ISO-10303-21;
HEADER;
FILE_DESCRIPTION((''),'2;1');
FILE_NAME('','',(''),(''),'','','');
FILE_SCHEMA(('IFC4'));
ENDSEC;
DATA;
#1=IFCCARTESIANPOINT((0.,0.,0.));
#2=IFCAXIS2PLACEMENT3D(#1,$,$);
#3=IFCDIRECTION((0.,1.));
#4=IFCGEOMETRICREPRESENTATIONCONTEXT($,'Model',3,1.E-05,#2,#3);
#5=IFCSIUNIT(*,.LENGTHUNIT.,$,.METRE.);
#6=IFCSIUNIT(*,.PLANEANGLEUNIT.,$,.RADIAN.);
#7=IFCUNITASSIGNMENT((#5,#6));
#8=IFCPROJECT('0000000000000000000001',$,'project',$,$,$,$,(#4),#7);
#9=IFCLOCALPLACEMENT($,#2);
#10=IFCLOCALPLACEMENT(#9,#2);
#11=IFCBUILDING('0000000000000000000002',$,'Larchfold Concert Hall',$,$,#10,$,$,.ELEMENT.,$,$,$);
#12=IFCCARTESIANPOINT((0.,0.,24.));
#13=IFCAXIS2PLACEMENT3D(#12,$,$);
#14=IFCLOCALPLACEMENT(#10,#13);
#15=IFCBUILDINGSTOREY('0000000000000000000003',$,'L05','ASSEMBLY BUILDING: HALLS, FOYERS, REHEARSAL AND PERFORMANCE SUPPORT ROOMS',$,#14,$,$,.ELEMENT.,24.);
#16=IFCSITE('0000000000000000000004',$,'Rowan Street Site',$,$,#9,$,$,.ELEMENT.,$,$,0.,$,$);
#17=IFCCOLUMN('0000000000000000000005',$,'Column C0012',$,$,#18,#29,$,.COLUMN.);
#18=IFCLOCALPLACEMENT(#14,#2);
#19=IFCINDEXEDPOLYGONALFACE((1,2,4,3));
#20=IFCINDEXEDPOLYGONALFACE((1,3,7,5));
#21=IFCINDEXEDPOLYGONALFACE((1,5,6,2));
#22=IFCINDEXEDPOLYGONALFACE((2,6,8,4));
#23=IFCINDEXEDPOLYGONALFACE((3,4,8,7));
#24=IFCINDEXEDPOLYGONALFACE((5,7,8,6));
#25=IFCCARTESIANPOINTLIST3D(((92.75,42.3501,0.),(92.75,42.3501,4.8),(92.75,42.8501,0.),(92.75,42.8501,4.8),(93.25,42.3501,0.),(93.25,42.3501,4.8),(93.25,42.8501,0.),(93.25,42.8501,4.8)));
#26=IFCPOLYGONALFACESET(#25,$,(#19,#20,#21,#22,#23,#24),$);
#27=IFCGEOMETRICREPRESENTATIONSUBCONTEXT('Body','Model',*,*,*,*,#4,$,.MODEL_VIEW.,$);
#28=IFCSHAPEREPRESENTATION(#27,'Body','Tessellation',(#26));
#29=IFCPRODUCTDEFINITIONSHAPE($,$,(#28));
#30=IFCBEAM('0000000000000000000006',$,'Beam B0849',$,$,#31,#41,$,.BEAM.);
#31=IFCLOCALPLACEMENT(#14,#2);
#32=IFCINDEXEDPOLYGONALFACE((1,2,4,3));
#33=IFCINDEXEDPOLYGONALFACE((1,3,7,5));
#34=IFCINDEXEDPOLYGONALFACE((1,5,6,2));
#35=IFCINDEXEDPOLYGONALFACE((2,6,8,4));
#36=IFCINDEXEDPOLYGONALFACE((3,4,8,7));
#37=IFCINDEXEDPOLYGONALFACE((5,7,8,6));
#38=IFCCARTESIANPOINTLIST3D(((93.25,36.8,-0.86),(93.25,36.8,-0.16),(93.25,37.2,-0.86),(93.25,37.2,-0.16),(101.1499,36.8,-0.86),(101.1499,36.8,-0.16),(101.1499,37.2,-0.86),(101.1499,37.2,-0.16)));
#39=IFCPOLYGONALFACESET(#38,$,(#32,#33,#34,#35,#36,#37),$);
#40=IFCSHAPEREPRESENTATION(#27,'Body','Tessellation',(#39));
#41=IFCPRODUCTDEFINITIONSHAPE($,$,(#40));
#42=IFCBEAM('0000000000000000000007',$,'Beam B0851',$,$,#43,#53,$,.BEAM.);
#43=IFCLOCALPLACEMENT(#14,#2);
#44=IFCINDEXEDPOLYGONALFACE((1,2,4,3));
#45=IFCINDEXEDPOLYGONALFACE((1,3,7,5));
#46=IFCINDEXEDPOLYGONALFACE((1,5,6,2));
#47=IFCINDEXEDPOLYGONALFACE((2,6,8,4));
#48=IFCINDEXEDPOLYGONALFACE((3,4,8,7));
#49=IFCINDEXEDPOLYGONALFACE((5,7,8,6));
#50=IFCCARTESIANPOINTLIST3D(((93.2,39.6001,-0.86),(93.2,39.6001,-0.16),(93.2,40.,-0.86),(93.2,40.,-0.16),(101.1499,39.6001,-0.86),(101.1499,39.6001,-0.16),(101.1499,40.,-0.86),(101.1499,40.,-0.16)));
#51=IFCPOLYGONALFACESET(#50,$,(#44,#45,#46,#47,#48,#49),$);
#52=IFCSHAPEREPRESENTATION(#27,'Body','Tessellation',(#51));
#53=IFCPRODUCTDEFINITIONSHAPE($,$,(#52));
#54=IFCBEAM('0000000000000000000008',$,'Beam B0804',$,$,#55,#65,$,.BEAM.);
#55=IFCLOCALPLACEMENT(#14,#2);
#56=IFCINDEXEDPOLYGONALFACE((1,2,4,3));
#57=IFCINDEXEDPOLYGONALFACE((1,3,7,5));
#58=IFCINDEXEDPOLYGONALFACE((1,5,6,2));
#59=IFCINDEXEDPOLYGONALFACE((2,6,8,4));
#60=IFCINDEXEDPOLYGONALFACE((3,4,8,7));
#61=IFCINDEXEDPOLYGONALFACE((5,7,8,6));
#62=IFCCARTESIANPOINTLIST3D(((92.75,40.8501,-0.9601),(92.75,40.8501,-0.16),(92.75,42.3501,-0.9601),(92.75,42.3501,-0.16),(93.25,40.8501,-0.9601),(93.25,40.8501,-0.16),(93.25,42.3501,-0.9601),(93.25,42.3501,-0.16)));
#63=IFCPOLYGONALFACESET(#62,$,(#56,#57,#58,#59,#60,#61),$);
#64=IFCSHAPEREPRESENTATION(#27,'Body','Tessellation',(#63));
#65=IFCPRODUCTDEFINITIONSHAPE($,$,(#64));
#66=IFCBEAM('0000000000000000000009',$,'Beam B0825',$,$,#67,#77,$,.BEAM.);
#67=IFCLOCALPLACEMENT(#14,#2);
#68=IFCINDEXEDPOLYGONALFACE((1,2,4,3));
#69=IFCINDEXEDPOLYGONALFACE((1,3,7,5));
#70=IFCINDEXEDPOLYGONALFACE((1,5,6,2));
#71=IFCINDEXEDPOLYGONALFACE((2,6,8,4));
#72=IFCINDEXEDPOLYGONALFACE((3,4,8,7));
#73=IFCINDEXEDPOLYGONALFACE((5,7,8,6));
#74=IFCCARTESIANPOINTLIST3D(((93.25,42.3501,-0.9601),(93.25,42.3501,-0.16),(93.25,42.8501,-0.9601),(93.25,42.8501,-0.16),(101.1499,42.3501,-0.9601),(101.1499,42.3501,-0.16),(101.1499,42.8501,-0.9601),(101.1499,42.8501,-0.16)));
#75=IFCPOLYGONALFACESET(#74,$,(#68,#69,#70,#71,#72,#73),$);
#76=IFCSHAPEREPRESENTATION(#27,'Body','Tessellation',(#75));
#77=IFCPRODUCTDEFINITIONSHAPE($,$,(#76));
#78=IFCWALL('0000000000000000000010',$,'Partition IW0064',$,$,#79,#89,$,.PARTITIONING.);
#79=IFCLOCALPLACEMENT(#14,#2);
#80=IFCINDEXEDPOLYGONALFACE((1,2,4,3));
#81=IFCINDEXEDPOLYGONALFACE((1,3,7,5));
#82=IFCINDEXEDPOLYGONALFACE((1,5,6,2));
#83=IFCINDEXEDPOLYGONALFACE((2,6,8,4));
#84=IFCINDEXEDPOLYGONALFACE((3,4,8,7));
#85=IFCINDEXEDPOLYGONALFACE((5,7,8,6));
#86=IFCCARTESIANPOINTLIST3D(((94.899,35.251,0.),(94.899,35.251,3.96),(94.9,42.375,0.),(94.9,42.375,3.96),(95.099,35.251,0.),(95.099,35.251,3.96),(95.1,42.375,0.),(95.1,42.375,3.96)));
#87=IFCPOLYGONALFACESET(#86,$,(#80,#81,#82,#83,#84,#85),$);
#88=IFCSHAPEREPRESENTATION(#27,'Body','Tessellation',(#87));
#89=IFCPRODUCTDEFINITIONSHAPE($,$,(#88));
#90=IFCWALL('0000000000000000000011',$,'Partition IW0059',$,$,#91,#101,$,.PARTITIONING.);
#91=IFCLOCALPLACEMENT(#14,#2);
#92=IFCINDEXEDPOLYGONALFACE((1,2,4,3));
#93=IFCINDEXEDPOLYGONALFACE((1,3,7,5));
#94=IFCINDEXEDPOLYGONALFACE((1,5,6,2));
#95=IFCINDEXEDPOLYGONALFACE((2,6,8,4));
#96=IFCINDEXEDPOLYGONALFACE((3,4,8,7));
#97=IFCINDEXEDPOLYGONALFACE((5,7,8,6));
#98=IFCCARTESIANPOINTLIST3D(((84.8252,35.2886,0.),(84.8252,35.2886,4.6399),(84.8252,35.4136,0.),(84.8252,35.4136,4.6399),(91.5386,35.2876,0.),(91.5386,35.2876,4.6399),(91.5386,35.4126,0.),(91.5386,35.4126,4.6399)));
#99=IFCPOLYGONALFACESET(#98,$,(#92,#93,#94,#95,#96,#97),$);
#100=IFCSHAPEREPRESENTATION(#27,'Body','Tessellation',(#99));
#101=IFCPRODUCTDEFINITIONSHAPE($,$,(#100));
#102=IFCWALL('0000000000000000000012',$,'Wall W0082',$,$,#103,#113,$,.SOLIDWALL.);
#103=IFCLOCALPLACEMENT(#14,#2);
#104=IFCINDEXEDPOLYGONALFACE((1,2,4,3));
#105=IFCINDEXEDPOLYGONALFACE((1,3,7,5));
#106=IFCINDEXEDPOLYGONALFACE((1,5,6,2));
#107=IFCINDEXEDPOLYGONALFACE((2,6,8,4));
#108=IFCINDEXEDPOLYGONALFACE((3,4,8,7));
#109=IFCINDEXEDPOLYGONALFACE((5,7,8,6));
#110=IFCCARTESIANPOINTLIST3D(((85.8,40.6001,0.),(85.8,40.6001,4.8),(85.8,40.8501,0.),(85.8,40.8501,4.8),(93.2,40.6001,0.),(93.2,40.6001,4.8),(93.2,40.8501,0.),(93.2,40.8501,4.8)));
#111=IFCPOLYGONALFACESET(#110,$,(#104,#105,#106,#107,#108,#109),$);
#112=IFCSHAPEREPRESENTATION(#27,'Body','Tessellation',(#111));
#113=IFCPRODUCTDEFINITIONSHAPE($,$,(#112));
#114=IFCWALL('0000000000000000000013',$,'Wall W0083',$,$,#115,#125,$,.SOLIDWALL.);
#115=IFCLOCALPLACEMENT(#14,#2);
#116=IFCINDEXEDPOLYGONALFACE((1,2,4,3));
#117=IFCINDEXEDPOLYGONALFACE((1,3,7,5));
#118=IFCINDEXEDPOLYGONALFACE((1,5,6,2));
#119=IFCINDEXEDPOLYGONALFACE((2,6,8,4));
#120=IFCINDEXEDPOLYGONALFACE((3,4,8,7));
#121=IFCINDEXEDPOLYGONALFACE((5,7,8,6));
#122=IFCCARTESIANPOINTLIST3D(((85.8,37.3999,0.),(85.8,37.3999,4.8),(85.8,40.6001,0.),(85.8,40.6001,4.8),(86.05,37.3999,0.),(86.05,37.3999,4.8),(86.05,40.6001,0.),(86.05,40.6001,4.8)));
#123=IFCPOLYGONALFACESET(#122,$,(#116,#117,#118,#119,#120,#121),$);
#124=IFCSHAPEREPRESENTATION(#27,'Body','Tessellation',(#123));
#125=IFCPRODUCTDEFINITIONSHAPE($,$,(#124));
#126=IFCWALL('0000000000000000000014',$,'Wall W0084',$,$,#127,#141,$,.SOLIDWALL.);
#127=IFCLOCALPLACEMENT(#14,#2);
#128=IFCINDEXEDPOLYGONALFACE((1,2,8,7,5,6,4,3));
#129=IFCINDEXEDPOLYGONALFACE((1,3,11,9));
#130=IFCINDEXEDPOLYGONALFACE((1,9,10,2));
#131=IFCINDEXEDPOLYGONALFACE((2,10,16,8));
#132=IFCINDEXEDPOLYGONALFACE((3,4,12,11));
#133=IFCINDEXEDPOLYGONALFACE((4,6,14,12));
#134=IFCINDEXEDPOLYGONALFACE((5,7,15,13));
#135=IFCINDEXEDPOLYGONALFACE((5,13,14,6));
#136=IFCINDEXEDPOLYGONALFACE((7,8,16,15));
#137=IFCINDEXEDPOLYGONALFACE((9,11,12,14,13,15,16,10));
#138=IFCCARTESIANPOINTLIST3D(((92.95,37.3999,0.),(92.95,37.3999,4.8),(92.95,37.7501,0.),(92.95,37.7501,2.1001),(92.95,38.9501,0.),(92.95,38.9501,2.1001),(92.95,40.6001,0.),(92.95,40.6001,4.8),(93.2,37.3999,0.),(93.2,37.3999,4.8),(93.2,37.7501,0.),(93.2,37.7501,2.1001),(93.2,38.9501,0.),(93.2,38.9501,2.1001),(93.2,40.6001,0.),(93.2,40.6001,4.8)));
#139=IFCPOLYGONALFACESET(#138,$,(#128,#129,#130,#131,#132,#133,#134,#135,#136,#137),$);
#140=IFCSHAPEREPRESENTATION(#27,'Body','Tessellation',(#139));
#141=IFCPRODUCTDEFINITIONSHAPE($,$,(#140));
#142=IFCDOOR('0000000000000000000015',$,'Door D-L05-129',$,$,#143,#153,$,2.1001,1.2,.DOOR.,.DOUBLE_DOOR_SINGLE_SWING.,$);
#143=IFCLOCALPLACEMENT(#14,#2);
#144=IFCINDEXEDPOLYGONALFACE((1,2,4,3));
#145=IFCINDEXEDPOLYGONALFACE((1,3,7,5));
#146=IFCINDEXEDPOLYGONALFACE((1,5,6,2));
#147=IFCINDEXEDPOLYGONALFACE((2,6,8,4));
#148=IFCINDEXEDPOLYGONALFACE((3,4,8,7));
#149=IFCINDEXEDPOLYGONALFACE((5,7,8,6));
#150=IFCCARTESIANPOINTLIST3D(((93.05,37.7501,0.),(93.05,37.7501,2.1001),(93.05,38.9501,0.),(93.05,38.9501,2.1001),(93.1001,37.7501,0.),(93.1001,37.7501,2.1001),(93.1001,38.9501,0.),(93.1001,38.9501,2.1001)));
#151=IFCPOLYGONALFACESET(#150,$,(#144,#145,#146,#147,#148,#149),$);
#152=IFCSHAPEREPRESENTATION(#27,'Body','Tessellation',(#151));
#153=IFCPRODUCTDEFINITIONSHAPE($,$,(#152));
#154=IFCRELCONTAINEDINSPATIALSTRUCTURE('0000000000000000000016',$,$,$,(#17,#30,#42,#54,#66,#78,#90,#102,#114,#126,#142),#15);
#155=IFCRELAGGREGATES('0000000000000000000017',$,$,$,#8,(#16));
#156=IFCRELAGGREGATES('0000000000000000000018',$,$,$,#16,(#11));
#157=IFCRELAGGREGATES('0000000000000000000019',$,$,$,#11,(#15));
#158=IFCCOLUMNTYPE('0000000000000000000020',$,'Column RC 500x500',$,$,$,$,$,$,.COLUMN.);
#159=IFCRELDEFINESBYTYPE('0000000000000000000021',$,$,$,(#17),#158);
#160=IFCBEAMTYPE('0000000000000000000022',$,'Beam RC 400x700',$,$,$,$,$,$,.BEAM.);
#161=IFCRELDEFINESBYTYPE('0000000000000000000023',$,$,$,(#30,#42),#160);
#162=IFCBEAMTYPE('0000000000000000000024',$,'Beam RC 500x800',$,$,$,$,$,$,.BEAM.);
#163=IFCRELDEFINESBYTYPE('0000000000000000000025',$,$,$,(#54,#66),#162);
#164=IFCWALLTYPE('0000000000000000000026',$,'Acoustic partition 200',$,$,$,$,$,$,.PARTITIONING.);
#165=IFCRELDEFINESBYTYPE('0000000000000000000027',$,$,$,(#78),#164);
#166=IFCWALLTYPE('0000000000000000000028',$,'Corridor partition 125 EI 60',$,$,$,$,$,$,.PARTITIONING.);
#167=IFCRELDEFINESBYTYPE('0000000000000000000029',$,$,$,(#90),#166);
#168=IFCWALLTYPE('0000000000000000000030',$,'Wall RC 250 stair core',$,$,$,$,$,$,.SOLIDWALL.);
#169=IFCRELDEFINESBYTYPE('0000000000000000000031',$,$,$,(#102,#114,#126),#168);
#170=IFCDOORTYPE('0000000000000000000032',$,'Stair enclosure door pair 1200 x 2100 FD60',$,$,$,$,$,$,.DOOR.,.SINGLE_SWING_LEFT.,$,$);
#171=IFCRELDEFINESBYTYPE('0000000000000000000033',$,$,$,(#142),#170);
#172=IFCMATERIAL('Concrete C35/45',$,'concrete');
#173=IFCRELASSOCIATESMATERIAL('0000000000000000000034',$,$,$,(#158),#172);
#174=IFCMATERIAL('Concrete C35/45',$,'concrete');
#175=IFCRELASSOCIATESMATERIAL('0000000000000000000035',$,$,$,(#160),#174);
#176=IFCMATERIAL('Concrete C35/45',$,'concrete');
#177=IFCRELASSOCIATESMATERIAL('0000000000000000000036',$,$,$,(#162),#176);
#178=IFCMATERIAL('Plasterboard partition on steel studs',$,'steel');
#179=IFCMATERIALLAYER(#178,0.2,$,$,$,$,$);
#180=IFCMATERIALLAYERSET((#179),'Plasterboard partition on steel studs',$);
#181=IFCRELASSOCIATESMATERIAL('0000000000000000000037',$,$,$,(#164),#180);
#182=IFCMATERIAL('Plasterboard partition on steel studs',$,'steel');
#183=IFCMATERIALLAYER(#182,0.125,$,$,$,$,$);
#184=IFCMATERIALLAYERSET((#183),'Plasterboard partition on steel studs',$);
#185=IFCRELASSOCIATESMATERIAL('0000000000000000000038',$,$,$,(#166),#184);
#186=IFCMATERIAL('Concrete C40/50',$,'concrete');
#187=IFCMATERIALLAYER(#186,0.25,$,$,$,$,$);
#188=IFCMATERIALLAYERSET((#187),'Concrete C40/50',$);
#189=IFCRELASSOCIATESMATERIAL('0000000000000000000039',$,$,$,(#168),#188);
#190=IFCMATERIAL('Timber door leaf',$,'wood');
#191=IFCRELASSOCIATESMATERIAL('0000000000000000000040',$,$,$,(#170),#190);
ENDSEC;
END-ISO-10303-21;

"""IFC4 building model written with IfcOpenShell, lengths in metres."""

from ifc_helpers import new_model, si_unit, direction, frame, frame_2d, origin, origin_2d, place, context, subcontext, project, spatial, rectangle, extrude, material, layer, layer_set, material_profile, profile_set, type_object, element, fill, save


model = new_model("IFC4")

# Units and contexts
model_context = context("Model", 3, precision=1e-05, world=origin(), true_north=direction((0.0, 1.0)))
body_context = subcontext(model_context, "Body", "Model", "MODEL_VIEW")
ifc_project = project(units=[si_unit("LENGTHUNIT", "METRE"), si_unit("PLANEANGLEUNIT", "RADIAN")], contexts=[model_context])

# Site, building, storey
site_placement = place(None, origin())
site = spatial("IfcSite", under=ifc_project, at=site_placement, Name="Rowan Street Site", CompositionType="ELEMENT", RefElevation=0.0)
building_placement = place(site_placement, origin())
building = spatial("IfcBuilding", under=site, at=building_placement, Name="Larchfold Concert Hall", CompositionType="ELEMENT")
storey_placement = place(building_placement, frame((0.0, 0.0, 24.0)))
storey = spatial("IfcBuildingStorey", under=building, at=storey_placement, Name="L05", Description="ASSEMBLY BUILDING: HALLS, FOYERS, REHEARSAL AND PERFORMANCE SUPPORT ROOMS", CompositionType="ELEMENT", Elevation=24.0)

# Column
ifc_material_1 = material(Name="Concrete C35/45", Category="concrete")
ifc_material_profile_1 = material_profile(ifc_material_1, rectangle(XDim=0.5, YDim=0.5, at=origin_2d()))
ifc_profile_set_1 = profile_set([ifc_material_profile_1], Name="Concrete C35/45")
column_type = type_object("IfcColumnType", Name="Column RC 500x500", PredefinedType="COLUMN", material=ifc_profile_set_1)
column_placement = place(storey_placement, frame((93.0, 42.6001, 0.0), z_axis=(0.0, 0.0, 1.0), x_axis=(1.0, 0.0, 0.0)))
element("IfcColumn", 1, at=column_placement, inside=storey, type_object=column_type, Name="Column C0012", PredefinedType="COLUMN", context=body_context, shape_type="SweptSolid", body=[
    extrude(rectangle(XDim=0.5, YDim=0.5, at=origin_2d()), origin(), (0.0, 0.0, 1.0), 4.8),
])

# Beams
ifc_material_2 = material(Name="Concrete C35/45", Category="concrete")
ifc_material_profile_2 = material_profile(ifc_material_2, rectangle(XDim=0.3999, YDim=0.7, at=origin_2d()))
ifc_profile_set_2 = profile_set([ifc_material_profile_2], Name="Concrete C35/45")
beam_type_1 = type_object("IfcBeamType", Name="Beam RC 400x700", PredefinedType="BEAM", material=ifc_profile_set_2)
beam_1_placement = place(storey_placement, frame((93.25, 37.0, -0.51), z_axis=(1.0, 0.0, 0.0), x_axis=(0.0, 1.0, 0.0)))
element("IfcBeam", 2, at=beam_1_placement, inside=storey, type_object=beam_type_1, Name="Beam B0849", PredefinedType="BEAM", context=body_context, shape_type="SweptSolid", body=[
    extrude(rectangle(XDim=0.3999, YDim=0.7, at=origin_2d()), origin(), (0.0, 0.0, 1.0), 7.8999),
])
beam_2_placement = place(storey_placement, frame((93.2, 39.8, -0.51), z_axis=(1.0, 0.0, 0.0), x_axis=(0.0, 1.0, 0.0)))
element("IfcBeam", 3, at=beam_2_placement, inside=storey, type_object=beam_type_1, Name="Beam B0851", PredefinedType="BEAM", context=body_context, shape_type="SweptSolid", body=[
    extrude(rectangle(XDim=0.3999, YDim=0.7, at=origin_2d()), origin(), (0.0, 0.0, 1.0), 7.95),
])
ifc_material_3 = material(Name="Concrete C35/45", Category="concrete")
ifc_material_profile_3 = material_profile(ifc_material_3, rectangle(XDim=0.5, YDim=0.8, at=origin_2d()))
ifc_profile_set_3 = profile_set([ifc_material_profile_3], Name="Concrete C35/45")
beam_type_2 = type_object("IfcBeamType", Name="Beam RC 500x800", PredefinedType="BEAM", material=ifc_profile_set_3)
beam_3_placement = place(storey_placement, frame((93.0, 40.8501, -0.5601), z_axis=(0.0, 1.0, 0.0), x_axis=(-1.0, 0.0, 0.0)))
element("IfcBeam", 4, at=beam_3_placement, inside=storey, type_object=beam_type_2, Name="Beam B0804", PredefinedType="BEAM", context=body_context, shape_type="SweptSolid", body=[
    extrude(rectangle(XDim=0.5, YDim=0.8, at=origin_2d()), origin(), (0.0, 0.0, 1.0), 1.5),
])
beam_4_placement = place(storey_placement, frame((93.25, 42.6001, -0.5601), z_axis=(1.0, 0.0, 0.0), x_axis=(0.0, 1.0, 0.0)))
element("IfcBeam", 5, at=beam_4_placement, inside=storey, type_object=beam_type_2, Name="Beam B0825", PredefinedType="BEAM", context=body_context, shape_type="SweptSolid", body=[
    extrude(rectangle(XDim=0.5, YDim=0.8, at=origin_2d()), origin(), (0.0, 0.0, 1.0), 7.8999),
])

# Walls
ifc_material_4 = material(Name="Plasterboard partition on steel studs", Category="steel")
ifc_layer_1 = layer(ifc_material_4, 0.2)
ifc_layer_set_1 = layer_set([ifc_layer_1], Name="Plasterboard partition on steel studs")
wall_type_1 = type_object("IfcWallType", Name="Acoustic partition 200", PredefinedType="PARTITIONING", material=ifc_layer_set_1)
wall_1_placement = place(storey_placement, frame((95.0, 42.375, 0.0), z_axis=(0.0, 0.0, 1.0), x_axis=(-0.000137, -1.0, 0.0)))
element("IfcWall", 6, at=wall_1_placement, inside=storey, type_object=wall_type_1, Name="Partition IW0064", PredefinedType="PARTITIONING", context=body_context, shape_type="SweptSolid", body=[
    extrude(rectangle(XDim=7.124, YDim=0.2, at=frame_2d((3.562, 0.0))), origin(), (0.0, 0.0, 1.0), 3.96),
])
ifc_material_5 = material(Name="Plasterboard partition on steel studs", Category="steel")
ifc_layer_2 = layer(ifc_material_5, 0.125)
ifc_layer_set_2 = layer_set([ifc_layer_2], Name="Plasterboard partition on steel studs")
wall_type_2 = type_object("IfcWallType", Name="Corridor partition 125 EI 60", PredefinedType="PARTITIONING", material=ifc_layer_set_2)
wall_2_placement = place(storey_placement, frame((91.5386, 35.3501, 0.0), z_axis=(0.0, 0.0, 1.0), x_axis=(-1.0, 0.000145, 0.0)))
element("IfcWall", 7, at=wall_2_placement, inside=storey, type_object=wall_type_2, Name="Partition IW0059", PredefinedType="PARTITIONING", context=body_context, shape_type="SweptSolid", body=[
    extrude(rectangle(XDim=6.7134, YDim=0.125, at=frame_2d((3.3567, 0.0))), origin(), (0.0, 0.0, 1.0), 4.6399),
])
ifc_material_6 = material(Name="Concrete C40/50", Category="concrete")
ifc_layer_3 = layer(ifc_material_6, 0.25)
ifc_layer_set_3 = layer_set([ifc_layer_3], Name="Concrete C40/50")
wall_type_3 = type_object("IfcWallType", Name="Wall RC 250 stair core", PredefinedType="SOLIDWALL", material=ifc_layer_set_3)
wall_3_placement = place(storey_placement, frame((85.8, 40.7251, 0.0), z_axis=(0.0, 0.0, 1.0), x_axis=(1.0, 0.0, 0.0)))
element("IfcWall", 8, at=wall_3_placement, inside=storey, type_object=wall_type_3, Name="Wall W0082", PredefinedType="SOLIDWALL", context=body_context, shape_type="SweptSolid", body=[
    extrude(rectangle(XDim=7.3999, YDim=0.25, at=frame_2d((3.7, 0.0))), origin(), (0.0, 0.0, 1.0), 4.8),
])
wall_4_placement = place(storey_placement, frame((85.925, 37.3999, 0.0), z_axis=(0.0, 0.0, 1.0), x_axis=(0.0, 1.0, 0.0)))
element("IfcWall", 9, at=wall_4_placement, inside=storey, type_object=wall_type_3, Name="Wall W0083", PredefinedType="SOLIDWALL", context=body_context, shape_type="SweptSolid", body=[
    extrude(rectangle(XDim=3.2002, YDim=0.25, at=frame_2d((1.6001, 0.0))), origin(), (0.0, 0.0, 1.0), 4.8),
])

# Wall, opening, door
wall_5_placement = place(storey_placement, frame((93.075, 37.3999, 0.0), z_axis=(0.0, 0.0, 1.0), x_axis=(0.0, 1.0, 0.0)))
wall_5 = element("IfcWall", 10, at=wall_5_placement, inside=storey, type_object=wall_type_3, Name="Wall W0084", PredefinedType="SOLIDWALL", context=body_context, shape_type="SweptSolid", body=[
    extrude(rectangle(XDim=3.2002, YDim=0.25, at=frame_2d((1.6001, 0.0))), origin(), (0.0, 0.0, 1.0), 4.8),
])
opening_1_placement = place(wall_5_placement, frame((0.3501, 0.0, 0.0)))
opening_1 = element("IfcOpeningElement", 11, at=opening_1_placement, cuts=wall_5, PredefinedType="OPENING", context=body_context, shape_type="SweptSolid", body=[
    extrude(rectangle(XDim=1.2, YDim=2.1001, at=frame_2d((0.6001, 1.05))), frame((0.0, 0.135, 0.0), z_axis=(0.0, -1.0, 0.0), x_axis=(1.0, 0.0, 0.0)), (0.0, 0.0, 1.0), 0.27),
])
ifc_material_7 = material(Name="Timber door leaf", Category="wood")
door_type = type_object("IfcDoorType", Name="Stair enclosure door pair 1200 x 2100 FD60", OperationType="SINGLE_SWING_LEFT", PredefinedType="DOOR", material=ifc_material_7)
door_placement = place(opening_1_placement, origin())
door = element("IfcDoor", 12, at=door_placement, inside=storey, type_object=door_type, Name="Door D-L05-129", OperationType="DOUBLE_DOOR_SINGLE_SWING", OverallHeight=2.1001, OverallWidth=1.2, PredefinedType="DOOR", context=body_context, shape_type="SweptSolid", body=[
    extrude(rectangle(XDim=1.2, YDim=2.1001, at=frame_2d((0.6001, 1.05))), frame((0.0, 0.0249, 0.0), z_axis=(0.0, -1.0, 0.0), x_axis=(1.0, 0.0, 0.0)), (0.0, 0.0, 1.0), 0.05),
])
fill(opening_1, door)

save(model, "model.ifc")
